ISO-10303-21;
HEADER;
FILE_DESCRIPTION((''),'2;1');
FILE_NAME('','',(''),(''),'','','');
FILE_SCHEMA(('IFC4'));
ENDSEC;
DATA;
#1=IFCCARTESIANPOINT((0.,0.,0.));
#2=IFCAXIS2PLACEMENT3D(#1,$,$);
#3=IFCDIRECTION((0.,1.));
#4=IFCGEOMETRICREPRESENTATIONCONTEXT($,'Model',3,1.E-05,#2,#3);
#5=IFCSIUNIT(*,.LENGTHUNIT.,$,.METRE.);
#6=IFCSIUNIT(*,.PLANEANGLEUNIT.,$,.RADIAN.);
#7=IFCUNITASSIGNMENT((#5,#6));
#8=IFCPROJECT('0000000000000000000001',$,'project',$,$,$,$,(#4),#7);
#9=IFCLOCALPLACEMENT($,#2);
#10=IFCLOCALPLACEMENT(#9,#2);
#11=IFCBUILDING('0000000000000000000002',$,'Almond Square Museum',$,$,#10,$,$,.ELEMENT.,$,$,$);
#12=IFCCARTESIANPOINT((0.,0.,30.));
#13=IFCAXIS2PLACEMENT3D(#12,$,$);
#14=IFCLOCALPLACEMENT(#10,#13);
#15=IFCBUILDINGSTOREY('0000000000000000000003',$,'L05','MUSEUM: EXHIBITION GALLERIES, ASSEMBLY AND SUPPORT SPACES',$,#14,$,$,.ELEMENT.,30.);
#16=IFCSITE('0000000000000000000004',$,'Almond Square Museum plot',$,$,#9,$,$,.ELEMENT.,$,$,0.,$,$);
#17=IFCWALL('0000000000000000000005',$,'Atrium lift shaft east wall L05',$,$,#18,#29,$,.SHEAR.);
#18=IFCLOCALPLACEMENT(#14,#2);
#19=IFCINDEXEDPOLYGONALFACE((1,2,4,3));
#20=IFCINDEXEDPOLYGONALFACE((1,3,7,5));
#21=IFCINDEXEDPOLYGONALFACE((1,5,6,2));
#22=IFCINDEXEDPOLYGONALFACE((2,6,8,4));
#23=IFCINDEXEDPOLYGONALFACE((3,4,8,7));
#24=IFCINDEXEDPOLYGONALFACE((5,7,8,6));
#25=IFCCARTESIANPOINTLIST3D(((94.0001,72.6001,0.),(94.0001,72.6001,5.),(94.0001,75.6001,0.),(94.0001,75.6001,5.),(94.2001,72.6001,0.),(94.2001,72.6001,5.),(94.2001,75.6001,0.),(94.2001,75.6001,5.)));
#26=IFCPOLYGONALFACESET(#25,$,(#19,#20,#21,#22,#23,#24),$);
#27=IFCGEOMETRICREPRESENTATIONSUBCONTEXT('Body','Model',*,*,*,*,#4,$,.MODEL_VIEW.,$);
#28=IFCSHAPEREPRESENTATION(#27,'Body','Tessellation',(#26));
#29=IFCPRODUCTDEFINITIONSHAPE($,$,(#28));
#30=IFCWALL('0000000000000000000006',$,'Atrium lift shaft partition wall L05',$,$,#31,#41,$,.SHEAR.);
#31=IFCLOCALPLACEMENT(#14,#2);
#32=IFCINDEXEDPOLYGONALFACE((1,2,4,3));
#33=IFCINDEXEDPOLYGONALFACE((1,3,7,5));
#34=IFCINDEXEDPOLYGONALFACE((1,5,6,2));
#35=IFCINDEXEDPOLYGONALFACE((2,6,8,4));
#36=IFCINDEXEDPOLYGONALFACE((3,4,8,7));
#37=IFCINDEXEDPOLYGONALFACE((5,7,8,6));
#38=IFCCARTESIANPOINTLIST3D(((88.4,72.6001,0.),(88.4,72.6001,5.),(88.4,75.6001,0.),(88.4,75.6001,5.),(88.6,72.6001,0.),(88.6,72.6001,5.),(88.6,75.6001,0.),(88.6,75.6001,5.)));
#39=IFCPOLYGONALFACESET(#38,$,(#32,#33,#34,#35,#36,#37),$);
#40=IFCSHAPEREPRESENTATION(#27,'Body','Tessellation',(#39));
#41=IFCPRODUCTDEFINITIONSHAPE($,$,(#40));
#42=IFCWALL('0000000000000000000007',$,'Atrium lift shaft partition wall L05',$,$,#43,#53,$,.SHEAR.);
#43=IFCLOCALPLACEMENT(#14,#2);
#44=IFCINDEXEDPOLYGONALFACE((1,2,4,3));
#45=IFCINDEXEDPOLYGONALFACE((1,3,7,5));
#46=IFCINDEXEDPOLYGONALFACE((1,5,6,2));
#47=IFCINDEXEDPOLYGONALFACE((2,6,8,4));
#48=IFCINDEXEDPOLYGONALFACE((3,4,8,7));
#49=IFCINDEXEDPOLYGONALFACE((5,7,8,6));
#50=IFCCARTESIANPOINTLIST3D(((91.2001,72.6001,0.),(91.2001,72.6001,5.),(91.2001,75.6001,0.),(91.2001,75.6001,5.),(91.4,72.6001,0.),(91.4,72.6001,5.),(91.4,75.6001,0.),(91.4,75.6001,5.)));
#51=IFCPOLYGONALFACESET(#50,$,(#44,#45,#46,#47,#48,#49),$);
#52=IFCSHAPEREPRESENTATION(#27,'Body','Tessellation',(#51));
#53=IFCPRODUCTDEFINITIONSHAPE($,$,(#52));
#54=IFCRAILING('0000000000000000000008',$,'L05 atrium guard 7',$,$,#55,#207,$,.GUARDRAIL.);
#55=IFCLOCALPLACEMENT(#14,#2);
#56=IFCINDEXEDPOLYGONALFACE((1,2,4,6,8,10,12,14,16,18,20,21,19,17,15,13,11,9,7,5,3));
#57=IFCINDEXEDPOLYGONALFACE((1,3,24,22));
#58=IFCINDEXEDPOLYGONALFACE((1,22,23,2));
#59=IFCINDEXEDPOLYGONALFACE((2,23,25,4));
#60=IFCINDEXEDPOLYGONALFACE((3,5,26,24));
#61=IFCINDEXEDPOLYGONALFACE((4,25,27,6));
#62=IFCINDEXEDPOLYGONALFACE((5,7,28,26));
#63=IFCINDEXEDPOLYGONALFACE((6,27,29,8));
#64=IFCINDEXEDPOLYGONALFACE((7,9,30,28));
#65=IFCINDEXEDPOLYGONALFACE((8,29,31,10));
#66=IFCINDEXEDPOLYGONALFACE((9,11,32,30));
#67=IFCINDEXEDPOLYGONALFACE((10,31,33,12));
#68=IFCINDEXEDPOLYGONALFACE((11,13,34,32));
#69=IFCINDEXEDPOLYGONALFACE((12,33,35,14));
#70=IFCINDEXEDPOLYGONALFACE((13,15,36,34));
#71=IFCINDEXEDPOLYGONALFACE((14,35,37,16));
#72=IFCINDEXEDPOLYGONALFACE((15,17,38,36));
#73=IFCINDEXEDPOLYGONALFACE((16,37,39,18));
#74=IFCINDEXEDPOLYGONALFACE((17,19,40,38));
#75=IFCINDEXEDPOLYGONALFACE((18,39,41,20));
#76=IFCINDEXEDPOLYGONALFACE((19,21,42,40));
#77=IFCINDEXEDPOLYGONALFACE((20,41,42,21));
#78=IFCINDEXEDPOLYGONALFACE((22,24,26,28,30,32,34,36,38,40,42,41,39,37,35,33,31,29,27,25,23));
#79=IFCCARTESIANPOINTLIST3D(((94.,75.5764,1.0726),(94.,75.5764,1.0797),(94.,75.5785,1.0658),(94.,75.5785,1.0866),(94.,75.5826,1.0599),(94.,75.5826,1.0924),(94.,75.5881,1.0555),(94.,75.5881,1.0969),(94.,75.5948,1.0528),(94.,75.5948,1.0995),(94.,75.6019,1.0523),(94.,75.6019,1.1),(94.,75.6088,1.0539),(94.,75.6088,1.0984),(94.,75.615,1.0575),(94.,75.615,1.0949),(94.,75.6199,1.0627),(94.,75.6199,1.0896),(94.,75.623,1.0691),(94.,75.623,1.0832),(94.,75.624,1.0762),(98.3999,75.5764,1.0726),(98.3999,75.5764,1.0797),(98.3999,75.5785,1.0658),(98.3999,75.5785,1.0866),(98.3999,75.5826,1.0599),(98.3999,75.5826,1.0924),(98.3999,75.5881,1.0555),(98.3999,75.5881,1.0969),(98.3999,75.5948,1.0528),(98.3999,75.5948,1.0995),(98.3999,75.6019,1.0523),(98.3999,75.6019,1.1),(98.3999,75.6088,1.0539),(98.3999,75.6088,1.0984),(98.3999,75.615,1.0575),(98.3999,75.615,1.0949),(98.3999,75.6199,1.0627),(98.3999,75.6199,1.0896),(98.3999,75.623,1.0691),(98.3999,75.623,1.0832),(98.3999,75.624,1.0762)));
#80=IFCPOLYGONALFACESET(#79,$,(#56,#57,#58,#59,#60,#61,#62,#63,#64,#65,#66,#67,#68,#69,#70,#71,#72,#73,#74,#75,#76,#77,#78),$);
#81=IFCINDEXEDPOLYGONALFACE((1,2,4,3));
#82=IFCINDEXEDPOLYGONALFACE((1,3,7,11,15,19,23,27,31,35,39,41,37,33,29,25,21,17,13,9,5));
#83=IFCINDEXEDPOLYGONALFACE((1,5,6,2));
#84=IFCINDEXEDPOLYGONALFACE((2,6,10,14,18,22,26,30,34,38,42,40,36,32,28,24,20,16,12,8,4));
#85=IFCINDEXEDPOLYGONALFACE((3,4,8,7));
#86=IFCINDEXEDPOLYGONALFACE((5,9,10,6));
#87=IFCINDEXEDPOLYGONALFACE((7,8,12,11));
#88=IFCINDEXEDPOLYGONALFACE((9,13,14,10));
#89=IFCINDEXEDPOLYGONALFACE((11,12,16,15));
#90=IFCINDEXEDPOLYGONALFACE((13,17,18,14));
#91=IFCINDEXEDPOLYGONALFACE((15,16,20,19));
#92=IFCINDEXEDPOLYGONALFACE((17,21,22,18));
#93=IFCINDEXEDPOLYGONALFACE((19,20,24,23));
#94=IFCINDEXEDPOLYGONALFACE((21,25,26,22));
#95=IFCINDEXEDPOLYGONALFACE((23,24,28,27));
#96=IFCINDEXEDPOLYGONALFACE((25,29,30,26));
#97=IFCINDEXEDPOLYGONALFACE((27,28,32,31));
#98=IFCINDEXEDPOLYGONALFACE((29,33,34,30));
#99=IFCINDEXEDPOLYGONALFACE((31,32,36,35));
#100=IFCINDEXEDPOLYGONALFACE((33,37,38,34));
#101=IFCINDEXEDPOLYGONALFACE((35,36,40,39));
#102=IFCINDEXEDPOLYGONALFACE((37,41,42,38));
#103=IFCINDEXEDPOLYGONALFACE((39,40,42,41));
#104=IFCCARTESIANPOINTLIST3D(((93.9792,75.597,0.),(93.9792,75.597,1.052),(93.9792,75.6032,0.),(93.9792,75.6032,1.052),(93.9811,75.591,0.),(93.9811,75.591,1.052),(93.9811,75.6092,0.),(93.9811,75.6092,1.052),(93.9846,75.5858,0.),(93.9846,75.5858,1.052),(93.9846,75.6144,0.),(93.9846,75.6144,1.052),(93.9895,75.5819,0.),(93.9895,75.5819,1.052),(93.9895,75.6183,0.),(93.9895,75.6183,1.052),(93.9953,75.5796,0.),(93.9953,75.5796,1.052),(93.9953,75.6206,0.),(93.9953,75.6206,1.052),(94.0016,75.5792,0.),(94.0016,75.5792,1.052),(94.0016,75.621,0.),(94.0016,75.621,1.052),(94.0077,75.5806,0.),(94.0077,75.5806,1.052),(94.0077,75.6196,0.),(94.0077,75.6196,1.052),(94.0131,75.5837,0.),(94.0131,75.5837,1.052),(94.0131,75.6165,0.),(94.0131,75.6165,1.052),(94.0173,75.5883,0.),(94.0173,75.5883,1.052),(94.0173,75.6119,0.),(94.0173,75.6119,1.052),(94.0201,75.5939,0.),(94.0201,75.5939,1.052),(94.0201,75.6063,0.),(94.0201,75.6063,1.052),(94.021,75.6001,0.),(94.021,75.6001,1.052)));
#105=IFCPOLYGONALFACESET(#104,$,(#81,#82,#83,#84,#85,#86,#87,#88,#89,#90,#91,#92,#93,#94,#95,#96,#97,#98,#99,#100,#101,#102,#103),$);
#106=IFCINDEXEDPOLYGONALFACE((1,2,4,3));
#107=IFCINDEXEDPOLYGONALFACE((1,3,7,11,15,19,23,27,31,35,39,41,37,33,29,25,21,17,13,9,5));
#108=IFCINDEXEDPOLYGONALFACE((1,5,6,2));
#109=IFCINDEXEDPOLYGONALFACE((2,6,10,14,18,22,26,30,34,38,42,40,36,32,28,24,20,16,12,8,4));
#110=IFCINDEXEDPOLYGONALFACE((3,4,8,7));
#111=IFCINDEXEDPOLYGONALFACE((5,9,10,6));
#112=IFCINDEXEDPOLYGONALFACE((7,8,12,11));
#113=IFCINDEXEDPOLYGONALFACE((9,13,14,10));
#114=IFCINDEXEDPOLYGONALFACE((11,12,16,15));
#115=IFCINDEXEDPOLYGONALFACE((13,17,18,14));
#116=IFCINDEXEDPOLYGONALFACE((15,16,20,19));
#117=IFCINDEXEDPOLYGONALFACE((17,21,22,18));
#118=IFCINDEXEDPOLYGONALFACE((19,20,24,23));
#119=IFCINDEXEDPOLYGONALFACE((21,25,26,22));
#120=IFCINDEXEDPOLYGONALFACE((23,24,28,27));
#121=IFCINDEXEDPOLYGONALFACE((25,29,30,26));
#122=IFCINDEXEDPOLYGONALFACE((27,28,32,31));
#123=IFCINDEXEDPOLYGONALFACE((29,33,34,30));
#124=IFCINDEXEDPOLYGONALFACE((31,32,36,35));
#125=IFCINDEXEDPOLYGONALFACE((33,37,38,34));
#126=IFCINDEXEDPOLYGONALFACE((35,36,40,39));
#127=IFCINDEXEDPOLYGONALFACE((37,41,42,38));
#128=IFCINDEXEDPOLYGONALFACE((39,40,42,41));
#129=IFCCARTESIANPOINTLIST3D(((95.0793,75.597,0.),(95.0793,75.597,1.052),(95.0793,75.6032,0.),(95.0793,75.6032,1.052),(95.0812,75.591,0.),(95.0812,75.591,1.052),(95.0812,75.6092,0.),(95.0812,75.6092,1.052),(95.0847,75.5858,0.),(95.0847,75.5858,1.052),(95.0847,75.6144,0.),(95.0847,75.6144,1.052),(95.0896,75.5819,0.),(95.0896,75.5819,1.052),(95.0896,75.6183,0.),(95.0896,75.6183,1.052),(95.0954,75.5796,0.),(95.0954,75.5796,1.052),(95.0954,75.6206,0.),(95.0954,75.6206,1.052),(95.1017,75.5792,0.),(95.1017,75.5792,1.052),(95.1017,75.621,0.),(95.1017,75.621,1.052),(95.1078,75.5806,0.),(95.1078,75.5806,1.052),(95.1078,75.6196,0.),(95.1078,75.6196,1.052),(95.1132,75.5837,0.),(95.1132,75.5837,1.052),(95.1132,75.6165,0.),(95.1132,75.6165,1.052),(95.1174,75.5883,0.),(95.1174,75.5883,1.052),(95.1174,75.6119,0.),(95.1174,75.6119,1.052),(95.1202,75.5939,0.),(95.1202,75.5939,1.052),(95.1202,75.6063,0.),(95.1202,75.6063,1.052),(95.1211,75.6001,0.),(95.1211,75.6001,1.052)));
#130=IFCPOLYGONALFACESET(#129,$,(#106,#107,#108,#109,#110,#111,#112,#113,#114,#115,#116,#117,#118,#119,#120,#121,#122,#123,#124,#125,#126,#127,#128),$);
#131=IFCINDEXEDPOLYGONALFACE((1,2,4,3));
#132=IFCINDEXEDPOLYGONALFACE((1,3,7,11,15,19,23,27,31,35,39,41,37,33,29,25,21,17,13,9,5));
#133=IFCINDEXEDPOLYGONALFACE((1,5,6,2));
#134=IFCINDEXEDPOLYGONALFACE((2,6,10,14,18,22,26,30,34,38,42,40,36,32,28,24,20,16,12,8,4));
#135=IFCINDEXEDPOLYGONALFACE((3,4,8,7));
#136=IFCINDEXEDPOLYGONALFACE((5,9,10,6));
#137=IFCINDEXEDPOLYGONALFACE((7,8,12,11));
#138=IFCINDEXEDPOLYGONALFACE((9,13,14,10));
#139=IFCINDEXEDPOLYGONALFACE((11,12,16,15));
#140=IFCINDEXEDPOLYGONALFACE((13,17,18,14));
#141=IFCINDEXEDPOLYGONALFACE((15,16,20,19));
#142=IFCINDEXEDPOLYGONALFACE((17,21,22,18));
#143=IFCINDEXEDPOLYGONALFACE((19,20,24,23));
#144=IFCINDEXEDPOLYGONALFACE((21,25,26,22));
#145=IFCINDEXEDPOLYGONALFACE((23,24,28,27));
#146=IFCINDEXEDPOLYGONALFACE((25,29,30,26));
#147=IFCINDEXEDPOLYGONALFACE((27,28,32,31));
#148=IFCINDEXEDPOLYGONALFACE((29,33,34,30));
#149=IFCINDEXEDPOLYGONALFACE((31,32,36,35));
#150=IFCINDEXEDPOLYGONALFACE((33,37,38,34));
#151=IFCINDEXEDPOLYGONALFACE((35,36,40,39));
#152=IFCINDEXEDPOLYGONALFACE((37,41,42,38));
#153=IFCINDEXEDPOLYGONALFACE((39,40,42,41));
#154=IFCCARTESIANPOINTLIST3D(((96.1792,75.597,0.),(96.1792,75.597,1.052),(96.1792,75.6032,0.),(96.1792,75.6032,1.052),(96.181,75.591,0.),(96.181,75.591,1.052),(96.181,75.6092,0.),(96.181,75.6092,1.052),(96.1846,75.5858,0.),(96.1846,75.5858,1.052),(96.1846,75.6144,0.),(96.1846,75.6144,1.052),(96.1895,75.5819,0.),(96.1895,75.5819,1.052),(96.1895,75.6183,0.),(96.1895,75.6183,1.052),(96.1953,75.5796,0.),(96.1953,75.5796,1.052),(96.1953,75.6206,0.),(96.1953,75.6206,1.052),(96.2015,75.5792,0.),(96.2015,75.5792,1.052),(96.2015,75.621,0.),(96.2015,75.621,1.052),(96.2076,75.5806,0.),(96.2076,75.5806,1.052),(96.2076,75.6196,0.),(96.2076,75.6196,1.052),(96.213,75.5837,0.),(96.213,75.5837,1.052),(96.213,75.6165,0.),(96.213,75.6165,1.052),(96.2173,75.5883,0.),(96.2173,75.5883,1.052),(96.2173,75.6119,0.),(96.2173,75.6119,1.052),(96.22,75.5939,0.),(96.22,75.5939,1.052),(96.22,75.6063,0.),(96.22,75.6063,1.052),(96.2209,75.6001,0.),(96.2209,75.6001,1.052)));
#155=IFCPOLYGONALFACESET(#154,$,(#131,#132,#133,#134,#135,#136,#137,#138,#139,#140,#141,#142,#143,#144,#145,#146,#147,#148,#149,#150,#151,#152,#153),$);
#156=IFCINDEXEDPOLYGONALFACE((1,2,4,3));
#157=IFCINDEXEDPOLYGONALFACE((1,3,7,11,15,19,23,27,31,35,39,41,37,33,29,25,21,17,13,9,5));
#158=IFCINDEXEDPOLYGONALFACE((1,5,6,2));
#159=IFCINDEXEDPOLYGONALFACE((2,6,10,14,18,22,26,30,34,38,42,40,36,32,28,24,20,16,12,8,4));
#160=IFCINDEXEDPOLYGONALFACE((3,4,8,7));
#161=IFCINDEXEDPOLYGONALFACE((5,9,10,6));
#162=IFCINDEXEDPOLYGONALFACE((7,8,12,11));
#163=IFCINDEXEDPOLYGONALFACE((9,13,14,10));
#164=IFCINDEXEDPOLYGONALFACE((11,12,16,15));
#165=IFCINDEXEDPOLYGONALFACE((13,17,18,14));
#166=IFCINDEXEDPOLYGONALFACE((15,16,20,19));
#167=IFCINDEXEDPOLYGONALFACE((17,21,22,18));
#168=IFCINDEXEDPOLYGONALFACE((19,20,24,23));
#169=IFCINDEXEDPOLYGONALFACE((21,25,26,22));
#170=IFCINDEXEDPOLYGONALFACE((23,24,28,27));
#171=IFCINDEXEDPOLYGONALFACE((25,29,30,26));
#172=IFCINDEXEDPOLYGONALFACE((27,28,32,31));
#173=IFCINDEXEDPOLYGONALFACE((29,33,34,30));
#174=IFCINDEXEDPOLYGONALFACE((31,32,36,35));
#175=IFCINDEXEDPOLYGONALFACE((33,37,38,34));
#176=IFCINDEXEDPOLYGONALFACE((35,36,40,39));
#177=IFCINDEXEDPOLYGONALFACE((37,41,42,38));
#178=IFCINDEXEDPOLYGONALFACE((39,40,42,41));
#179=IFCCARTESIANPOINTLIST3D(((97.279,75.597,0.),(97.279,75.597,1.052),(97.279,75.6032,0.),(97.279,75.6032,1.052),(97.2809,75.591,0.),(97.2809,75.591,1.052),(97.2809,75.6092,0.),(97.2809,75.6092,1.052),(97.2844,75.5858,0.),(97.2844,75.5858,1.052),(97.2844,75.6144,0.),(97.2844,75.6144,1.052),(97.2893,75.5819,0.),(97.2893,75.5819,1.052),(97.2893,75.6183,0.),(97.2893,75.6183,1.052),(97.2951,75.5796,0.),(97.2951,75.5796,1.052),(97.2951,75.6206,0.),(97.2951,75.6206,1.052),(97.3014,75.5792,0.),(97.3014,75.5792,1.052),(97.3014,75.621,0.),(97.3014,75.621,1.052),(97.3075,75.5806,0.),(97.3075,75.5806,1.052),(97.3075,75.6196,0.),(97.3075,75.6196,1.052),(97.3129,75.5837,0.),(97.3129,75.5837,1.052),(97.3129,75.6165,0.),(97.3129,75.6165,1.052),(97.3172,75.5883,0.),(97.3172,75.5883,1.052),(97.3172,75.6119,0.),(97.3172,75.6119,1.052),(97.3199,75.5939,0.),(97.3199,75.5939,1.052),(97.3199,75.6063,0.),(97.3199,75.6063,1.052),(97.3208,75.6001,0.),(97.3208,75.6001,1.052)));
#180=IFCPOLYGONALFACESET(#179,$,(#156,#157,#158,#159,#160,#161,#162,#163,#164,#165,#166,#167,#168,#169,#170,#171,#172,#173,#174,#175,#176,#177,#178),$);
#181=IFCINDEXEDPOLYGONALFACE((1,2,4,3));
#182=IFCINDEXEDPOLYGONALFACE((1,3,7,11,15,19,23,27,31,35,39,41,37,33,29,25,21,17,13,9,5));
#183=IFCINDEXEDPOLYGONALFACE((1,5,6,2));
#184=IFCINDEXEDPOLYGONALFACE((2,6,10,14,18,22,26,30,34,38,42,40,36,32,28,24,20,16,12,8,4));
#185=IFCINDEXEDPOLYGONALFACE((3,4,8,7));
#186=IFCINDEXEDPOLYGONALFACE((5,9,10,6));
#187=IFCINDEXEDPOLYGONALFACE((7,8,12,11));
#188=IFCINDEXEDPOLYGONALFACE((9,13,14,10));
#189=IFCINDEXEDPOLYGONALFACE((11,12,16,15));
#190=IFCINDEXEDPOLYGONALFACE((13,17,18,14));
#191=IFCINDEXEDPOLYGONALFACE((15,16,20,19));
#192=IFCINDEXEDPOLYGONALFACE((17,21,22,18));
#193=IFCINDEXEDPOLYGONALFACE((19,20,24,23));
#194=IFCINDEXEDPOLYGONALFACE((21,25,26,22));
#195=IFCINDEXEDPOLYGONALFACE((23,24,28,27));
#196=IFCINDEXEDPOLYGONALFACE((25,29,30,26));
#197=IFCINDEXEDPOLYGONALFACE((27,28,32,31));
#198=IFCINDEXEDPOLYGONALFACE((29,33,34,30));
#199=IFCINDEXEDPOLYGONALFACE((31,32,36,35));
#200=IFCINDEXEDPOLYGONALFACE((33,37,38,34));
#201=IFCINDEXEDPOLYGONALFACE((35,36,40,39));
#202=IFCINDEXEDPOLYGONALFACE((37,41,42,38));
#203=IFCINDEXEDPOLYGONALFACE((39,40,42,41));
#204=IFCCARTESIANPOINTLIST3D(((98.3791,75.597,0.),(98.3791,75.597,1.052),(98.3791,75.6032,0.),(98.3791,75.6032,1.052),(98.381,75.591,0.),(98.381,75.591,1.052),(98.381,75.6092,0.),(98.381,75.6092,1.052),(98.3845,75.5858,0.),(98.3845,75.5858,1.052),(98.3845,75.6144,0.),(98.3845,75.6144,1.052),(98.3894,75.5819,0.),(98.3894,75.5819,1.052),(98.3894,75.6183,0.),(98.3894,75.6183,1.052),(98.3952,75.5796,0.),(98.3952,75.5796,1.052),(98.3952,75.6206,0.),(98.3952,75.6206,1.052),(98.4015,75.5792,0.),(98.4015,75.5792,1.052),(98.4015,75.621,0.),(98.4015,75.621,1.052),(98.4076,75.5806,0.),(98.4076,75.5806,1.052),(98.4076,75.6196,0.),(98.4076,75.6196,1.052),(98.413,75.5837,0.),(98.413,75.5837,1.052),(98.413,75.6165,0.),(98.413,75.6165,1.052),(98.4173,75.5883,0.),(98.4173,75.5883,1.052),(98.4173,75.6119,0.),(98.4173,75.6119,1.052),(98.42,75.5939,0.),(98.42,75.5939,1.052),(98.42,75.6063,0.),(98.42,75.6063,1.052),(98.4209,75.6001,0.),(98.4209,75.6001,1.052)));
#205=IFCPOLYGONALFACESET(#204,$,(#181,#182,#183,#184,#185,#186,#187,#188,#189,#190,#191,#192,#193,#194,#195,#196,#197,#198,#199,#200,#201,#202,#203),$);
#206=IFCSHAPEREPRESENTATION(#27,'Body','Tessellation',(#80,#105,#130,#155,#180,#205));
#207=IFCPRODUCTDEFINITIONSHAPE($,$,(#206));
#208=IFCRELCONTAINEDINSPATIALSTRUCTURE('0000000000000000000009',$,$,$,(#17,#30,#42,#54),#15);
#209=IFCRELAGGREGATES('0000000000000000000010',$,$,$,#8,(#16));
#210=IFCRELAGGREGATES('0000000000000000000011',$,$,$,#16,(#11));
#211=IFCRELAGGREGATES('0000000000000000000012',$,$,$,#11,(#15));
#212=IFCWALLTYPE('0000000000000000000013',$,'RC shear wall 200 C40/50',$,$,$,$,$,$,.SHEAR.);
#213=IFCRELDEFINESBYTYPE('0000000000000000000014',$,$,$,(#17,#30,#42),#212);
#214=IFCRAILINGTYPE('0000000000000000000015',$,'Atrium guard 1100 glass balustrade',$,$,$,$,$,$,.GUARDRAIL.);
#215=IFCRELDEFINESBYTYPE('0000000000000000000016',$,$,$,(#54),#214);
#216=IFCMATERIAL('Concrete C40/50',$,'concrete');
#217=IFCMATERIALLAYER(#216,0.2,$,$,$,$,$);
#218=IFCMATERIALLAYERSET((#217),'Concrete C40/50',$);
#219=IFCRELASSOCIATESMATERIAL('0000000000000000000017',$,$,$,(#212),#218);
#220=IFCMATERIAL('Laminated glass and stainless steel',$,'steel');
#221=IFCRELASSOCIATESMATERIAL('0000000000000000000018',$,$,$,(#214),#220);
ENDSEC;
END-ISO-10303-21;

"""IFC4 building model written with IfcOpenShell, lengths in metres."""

from ifc_helpers import new_model, si_unit, direction, frame, frame_2d, origin, origin_2d, place, context, subcontext, project, spatial, rectangle, circle, extrude, material, layer, layer_set, type_object, element, save


model = new_model("IFC4")

# Units and contexts
model_context = context("Model", 3, precision=1e-05, world=origin(), true_north=direction((0.0, 1.0)))
body_context = subcontext(model_context, "Body", "Model", "MODEL_VIEW")
ifc_project = project(units=[si_unit("LENGTHUNIT", "METRE"), si_unit("PLANEANGLEUNIT", "RADIAN")], contexts=[model_context])

# Site, building, storey
site_placement = place(None, origin())
site = spatial("IfcSite", under=ifc_project, at=site_placement, Name="Almond Square Museum plot", CompositionType="ELEMENT", RefElevation=0.0)
building_placement = place(site_placement, origin())
building = spatial("IfcBuilding", under=site, at=building_placement, Name="Almond Square Museum", CompositionType="ELEMENT")
storey_placement = place(building_placement, frame((0.0, 0.0, 30.0)))
storey = spatial("IfcBuildingStorey", under=building, at=storey_placement, Name="L05", Description="MUSEUM: EXHIBITION GALLERIES, ASSEMBLY AND SUPPORT SPACES", CompositionType="ELEMENT", Elevation=30.0)

# Walls
ifc_material_1 = material(Name="Concrete C40/50", Category="concrete")
ifc_layer = layer(ifc_material_1, 0.2)
ifc_layer_set = layer_set([ifc_layer], Name="Concrete C40/50")
wall_type = type_object("IfcWallType", Name="RC shear wall 200 C40/50", PredefinedType="SHEAR", material=ifc_layer_set)
for number, where, z_axis, x_axis, name in (
    (1, (94.1001, 72.6001, 0.0), (0.0, 0.0, 1.0), (0.0, 1.0, 0.0), "Atrium lift shaft east wall L05"),
    (2, (88.5, 72.6001, 0.0), (0.0, 0.0, 1.0), (0.0, 1.0, 0.0), "Atrium lift shaft partition wall L05"),
    (3, (91.3, 72.6001, 0.0), (0.0, 0.0, 1.0), (0.0, 1.0, 0.0), "Atrium lift shaft partition wall L05"),
):
    element("IfcWall", number, at=place(storey_placement, frame(where, z_axis=z_axis, x_axis=x_axis)), inside=storey, type_object=wall_type, Name=name, PredefinedType="SHEAR", context=body_context, shape_type="SweptSolid", body=[
        extrude(rectangle(XDim=3.0, YDim=0.2, at=frame_2d((1.5, 0.0))), origin(), (0.0, 0.0, 1.0), 5.0),
    ])

# Railing
ifc_material_2 = material(Name="Laminated glass and stainless steel", Category="steel")
railing_type = type_object("IfcRailingType", Name="Atrium guard 1100 glass balustrade", PredefinedType="GUARDRAIL", material=ifc_material_2)
railing_placement = place(storey_placement, frame((94.0, 75.6001, 0.0)))
element("IfcRailing", 4, at=railing_placement, inside=storey, type_object=railing_type, Name="L05 atrium guard 7", PredefinedType="GUARDRAIL", context=body_context, shape_type="SweptSolid", body=[
    extrude(circle(Radius=0.0239, at=origin_2d()), frame((0.0, 0.0, 1.0762), z_axis=(1.0, 0.0, 0.0), x_axis=(0.0, 1.0, 0.0)), (0.0, 0.0, 1.0), 4.3999),
    extrude(circle(Radius=0.021, at=origin_2d()), origin(), (0.0, 0.0, 1.0), 1.052),
    extrude(circle(Radius=0.021, at=origin_2d()), frame((1.1001, 0.0, 0.0)), (0.0, 0.0, 1.0), 1.052),
    extrude(circle(Radius=0.021, at=origin_2d()), frame((2.2, 0.0, 0.0)), (0.0, 0.0, 1.0), 1.052),
    extrude(circle(Radius=0.021, at=origin_2d()), frame((3.2998, 0.0, 0.0)), (0.0, 0.0, 1.0), 1.052),
    extrude(circle(Radius=0.021, at=origin_2d()), frame((4.3999, 0.0, 0.0)), (0.0, 0.0, 1.0), 1.052),
])

save(model, "model.ifc")
